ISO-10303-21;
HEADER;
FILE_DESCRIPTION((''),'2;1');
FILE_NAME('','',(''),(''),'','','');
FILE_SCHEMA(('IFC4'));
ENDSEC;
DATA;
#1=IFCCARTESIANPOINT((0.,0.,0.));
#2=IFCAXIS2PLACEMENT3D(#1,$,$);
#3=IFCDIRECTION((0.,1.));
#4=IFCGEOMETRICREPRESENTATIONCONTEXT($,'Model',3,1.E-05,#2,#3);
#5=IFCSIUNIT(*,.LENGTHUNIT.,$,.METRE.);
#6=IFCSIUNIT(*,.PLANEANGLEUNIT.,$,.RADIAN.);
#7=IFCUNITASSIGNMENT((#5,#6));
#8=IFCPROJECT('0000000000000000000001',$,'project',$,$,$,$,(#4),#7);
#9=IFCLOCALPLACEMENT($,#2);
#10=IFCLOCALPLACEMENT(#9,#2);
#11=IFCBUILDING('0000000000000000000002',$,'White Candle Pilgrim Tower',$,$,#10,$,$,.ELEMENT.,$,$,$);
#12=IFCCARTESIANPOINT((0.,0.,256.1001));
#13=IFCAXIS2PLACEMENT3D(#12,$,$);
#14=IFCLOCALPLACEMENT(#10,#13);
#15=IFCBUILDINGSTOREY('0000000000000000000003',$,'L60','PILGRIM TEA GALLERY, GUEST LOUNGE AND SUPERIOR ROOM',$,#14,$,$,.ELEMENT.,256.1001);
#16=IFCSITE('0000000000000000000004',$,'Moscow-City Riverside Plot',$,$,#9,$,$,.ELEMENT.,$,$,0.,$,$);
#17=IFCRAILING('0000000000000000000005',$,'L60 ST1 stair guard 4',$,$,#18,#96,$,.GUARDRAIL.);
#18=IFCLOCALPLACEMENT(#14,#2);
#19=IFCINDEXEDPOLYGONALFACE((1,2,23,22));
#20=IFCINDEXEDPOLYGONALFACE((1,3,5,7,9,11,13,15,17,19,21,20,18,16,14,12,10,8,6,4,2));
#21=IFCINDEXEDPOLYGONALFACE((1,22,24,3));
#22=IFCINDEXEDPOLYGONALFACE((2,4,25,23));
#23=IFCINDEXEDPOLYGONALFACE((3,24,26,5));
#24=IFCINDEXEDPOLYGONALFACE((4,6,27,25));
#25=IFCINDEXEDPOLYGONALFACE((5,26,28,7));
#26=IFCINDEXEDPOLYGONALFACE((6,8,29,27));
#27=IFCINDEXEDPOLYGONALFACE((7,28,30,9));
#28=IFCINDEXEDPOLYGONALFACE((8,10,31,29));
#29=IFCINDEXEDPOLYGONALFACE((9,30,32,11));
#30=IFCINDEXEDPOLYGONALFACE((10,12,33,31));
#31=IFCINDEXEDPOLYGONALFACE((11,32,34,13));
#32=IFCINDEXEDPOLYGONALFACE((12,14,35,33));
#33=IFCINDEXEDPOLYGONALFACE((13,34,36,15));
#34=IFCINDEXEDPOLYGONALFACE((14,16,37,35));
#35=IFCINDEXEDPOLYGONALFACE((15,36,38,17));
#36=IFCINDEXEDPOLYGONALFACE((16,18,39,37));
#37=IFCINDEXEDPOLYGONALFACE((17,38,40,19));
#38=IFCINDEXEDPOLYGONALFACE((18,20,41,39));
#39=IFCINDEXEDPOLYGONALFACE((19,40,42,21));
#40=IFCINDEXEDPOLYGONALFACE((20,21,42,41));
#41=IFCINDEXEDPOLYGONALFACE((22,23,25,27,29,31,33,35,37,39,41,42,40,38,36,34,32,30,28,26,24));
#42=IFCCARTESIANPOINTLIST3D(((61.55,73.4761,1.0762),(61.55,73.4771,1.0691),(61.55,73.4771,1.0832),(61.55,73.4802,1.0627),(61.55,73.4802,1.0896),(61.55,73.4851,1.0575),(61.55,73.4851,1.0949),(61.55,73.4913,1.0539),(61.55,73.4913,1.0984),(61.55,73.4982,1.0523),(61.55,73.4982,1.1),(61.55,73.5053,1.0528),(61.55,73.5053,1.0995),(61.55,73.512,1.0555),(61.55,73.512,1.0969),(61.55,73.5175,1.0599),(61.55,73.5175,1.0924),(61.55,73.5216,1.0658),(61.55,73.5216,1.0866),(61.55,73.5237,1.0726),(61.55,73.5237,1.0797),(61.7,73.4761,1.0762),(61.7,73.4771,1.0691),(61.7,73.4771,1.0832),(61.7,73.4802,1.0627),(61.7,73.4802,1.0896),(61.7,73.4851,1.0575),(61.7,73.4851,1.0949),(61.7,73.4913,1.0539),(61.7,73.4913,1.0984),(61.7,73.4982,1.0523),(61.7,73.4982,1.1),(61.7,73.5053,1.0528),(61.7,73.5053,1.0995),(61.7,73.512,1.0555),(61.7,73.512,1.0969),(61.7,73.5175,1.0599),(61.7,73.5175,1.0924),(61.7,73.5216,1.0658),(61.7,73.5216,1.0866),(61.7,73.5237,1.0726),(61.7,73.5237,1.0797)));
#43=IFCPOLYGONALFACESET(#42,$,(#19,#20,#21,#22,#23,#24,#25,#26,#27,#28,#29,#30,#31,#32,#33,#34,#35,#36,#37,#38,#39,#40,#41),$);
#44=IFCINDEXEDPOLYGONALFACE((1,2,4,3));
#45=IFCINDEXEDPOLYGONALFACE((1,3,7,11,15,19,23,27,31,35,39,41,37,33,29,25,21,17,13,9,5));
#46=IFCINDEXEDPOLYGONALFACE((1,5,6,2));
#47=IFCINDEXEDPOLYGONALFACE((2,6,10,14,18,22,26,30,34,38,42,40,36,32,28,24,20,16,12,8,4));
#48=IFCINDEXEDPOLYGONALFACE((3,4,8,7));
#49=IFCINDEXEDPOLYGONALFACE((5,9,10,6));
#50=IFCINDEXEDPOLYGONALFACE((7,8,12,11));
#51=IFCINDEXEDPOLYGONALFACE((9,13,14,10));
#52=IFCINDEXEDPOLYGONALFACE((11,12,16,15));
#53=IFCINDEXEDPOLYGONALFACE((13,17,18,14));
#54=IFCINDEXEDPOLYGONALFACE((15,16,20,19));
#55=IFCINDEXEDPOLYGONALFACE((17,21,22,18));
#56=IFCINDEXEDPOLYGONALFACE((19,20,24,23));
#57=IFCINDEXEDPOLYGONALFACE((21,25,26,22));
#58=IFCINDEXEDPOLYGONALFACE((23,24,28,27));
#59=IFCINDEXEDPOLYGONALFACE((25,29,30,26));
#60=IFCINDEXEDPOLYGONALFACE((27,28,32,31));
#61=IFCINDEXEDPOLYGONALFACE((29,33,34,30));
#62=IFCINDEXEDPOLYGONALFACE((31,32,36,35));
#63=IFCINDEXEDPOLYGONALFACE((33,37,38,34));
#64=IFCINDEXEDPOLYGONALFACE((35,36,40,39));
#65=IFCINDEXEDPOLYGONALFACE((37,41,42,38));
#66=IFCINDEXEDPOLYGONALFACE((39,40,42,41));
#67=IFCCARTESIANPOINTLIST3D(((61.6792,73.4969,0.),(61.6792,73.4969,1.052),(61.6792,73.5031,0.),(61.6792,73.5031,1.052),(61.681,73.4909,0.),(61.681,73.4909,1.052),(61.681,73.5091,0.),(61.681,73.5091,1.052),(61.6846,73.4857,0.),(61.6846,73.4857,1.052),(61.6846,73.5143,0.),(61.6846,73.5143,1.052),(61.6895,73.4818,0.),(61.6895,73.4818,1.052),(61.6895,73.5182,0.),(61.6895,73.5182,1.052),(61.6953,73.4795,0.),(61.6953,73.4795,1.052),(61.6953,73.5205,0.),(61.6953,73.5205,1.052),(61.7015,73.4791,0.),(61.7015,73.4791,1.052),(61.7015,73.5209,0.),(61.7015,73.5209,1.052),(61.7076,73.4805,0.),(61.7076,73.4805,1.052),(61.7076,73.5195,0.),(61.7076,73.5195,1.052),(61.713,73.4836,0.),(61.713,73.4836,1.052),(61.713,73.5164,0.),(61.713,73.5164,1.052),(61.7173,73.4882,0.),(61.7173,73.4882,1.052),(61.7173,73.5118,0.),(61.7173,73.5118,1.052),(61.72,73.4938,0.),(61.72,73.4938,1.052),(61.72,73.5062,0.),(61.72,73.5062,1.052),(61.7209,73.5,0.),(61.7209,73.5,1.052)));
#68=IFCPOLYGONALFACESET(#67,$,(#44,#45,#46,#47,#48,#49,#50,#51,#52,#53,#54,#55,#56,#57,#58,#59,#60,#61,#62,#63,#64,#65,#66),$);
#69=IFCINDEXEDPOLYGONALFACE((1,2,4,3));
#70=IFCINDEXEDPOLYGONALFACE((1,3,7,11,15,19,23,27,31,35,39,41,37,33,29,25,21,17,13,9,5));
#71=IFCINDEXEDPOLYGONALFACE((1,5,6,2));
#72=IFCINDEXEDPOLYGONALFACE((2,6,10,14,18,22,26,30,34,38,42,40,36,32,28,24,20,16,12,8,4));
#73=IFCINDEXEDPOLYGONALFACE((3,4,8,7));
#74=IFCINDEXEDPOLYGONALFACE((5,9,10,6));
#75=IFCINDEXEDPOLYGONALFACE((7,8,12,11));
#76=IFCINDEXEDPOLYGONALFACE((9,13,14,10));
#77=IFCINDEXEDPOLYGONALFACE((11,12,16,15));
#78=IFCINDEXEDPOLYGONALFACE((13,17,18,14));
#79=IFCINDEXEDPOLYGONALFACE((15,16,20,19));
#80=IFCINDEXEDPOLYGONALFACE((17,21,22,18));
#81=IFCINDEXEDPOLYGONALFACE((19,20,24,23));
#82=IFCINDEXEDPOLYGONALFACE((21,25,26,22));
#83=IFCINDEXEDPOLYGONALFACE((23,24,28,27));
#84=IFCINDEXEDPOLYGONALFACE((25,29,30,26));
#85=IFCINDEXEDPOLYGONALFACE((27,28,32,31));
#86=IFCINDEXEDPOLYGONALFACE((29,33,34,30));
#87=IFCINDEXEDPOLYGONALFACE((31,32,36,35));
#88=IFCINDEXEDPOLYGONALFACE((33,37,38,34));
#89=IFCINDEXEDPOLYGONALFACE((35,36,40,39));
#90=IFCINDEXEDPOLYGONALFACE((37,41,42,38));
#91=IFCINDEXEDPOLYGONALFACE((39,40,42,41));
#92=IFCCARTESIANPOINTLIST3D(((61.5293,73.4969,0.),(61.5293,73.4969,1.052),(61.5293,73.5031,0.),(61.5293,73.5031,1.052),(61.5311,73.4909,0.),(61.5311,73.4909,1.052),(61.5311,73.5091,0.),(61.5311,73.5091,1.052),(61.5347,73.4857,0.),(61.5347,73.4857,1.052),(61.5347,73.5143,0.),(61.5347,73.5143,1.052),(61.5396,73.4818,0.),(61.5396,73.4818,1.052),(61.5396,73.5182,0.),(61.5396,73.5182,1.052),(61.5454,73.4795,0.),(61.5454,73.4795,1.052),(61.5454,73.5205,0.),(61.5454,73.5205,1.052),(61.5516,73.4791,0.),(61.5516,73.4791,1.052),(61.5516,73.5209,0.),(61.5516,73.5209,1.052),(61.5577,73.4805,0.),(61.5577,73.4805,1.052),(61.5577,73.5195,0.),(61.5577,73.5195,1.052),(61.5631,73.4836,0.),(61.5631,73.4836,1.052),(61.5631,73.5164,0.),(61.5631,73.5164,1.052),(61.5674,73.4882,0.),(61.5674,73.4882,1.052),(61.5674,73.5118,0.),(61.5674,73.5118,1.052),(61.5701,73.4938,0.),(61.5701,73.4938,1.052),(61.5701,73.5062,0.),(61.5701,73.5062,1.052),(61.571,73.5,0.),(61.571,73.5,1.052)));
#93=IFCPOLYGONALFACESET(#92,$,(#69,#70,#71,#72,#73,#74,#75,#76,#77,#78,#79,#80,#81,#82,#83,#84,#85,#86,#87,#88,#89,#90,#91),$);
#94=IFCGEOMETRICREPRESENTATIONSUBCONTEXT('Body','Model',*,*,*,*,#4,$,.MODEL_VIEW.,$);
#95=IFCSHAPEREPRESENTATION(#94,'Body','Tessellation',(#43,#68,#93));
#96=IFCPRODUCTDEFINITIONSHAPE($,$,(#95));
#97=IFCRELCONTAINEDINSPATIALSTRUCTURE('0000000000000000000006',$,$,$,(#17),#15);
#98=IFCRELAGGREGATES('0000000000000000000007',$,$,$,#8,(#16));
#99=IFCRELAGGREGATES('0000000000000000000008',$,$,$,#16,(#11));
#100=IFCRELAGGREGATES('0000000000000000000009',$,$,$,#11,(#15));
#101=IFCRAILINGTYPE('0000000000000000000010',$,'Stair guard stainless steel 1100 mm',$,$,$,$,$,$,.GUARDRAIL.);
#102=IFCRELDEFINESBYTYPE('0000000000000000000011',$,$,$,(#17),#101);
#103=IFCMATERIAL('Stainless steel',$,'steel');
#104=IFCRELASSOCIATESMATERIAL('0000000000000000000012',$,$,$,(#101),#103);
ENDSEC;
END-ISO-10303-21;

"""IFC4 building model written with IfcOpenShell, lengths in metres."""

from ifc_helpers import new_model, si_unit, direction, frame, origin, origin_2d, place, context, subcontext, project, spatial, circle, extrude, material, type_object, element, save


model = new_model("IFC4")

# Units and contexts
model_context = context("Model", 3, precision=1e-05, world=origin(), true_north=direction((0.0, 1.0)))
body_context = subcontext(model_context, "Body", "Model", "MODEL_VIEW")
ifc_project = project(units=[si_unit("LENGTHUNIT", "METRE"), si_unit("PLANEANGLEUNIT", "RADIAN")], contexts=[model_context])

# Site, building, storey
site_placement = place(None, origin())
site = spatial("IfcSite", under=ifc_project, at=site_placement, Name="Moscow-City Riverside Plot", CompositionType="ELEMENT", RefElevation=0.0)
building_placement = place(site_placement, origin())
building = spatial("IfcBuilding", under=site, at=building_placement, Name="White Candle Pilgrim Tower", CompositionType="ELEMENT")
storey_placement = place(building_placement, frame((0.0, 0.0, 256.1001)))
storey = spatial("IfcBuildingStorey", under=building, at=storey_placement, Name="L60", Description="PILGRIM TEA GALLERY, GUEST LOUNGE AND SUPERIOR ROOM", CompositionType="ELEMENT", Elevation=256.1001)

# Railing
ifc_material_1 = material(Name="Stainless steel", Category="steel")
railing_type_1 = type_object("IfcRailingType", Name="Stair guard stainless steel 1100 mm", PredefinedType="GUARDRAIL", material=ifc_material_1)
railing_1_placement = place(storey_placement, frame((61.7, 73.5, 0.0)))
element("IfcRailing", 1, at=railing_1_placement, inside=storey, type_object=railing_type_1, Name="L60 ST1 stair guard 4", PredefinedType="GUARDRAIL", context=body_context, shape_type="SweptSolid", body=[
    extrude(circle(Radius=0.0239, at=origin_2d()), frame((0.0, 0.0, 1.0762), z_axis=(-1.0, 0.0, 0.0), x_axis=(0.0, -1.0, 0.0)), (0.0, 0.0, 1.0), 0.1499),
    extrude(circle(Radius=0.021, at=origin_2d()), origin(), (0.0, 0.0, 1.0), 1.052),
    extrude(circle(Radius=0.021, at=origin_2d()), frame((-0.1499, 0.0, 0.0)), (0.0, 0.0, 1.0), 1.052),
])

save(model, "model.ifc")
